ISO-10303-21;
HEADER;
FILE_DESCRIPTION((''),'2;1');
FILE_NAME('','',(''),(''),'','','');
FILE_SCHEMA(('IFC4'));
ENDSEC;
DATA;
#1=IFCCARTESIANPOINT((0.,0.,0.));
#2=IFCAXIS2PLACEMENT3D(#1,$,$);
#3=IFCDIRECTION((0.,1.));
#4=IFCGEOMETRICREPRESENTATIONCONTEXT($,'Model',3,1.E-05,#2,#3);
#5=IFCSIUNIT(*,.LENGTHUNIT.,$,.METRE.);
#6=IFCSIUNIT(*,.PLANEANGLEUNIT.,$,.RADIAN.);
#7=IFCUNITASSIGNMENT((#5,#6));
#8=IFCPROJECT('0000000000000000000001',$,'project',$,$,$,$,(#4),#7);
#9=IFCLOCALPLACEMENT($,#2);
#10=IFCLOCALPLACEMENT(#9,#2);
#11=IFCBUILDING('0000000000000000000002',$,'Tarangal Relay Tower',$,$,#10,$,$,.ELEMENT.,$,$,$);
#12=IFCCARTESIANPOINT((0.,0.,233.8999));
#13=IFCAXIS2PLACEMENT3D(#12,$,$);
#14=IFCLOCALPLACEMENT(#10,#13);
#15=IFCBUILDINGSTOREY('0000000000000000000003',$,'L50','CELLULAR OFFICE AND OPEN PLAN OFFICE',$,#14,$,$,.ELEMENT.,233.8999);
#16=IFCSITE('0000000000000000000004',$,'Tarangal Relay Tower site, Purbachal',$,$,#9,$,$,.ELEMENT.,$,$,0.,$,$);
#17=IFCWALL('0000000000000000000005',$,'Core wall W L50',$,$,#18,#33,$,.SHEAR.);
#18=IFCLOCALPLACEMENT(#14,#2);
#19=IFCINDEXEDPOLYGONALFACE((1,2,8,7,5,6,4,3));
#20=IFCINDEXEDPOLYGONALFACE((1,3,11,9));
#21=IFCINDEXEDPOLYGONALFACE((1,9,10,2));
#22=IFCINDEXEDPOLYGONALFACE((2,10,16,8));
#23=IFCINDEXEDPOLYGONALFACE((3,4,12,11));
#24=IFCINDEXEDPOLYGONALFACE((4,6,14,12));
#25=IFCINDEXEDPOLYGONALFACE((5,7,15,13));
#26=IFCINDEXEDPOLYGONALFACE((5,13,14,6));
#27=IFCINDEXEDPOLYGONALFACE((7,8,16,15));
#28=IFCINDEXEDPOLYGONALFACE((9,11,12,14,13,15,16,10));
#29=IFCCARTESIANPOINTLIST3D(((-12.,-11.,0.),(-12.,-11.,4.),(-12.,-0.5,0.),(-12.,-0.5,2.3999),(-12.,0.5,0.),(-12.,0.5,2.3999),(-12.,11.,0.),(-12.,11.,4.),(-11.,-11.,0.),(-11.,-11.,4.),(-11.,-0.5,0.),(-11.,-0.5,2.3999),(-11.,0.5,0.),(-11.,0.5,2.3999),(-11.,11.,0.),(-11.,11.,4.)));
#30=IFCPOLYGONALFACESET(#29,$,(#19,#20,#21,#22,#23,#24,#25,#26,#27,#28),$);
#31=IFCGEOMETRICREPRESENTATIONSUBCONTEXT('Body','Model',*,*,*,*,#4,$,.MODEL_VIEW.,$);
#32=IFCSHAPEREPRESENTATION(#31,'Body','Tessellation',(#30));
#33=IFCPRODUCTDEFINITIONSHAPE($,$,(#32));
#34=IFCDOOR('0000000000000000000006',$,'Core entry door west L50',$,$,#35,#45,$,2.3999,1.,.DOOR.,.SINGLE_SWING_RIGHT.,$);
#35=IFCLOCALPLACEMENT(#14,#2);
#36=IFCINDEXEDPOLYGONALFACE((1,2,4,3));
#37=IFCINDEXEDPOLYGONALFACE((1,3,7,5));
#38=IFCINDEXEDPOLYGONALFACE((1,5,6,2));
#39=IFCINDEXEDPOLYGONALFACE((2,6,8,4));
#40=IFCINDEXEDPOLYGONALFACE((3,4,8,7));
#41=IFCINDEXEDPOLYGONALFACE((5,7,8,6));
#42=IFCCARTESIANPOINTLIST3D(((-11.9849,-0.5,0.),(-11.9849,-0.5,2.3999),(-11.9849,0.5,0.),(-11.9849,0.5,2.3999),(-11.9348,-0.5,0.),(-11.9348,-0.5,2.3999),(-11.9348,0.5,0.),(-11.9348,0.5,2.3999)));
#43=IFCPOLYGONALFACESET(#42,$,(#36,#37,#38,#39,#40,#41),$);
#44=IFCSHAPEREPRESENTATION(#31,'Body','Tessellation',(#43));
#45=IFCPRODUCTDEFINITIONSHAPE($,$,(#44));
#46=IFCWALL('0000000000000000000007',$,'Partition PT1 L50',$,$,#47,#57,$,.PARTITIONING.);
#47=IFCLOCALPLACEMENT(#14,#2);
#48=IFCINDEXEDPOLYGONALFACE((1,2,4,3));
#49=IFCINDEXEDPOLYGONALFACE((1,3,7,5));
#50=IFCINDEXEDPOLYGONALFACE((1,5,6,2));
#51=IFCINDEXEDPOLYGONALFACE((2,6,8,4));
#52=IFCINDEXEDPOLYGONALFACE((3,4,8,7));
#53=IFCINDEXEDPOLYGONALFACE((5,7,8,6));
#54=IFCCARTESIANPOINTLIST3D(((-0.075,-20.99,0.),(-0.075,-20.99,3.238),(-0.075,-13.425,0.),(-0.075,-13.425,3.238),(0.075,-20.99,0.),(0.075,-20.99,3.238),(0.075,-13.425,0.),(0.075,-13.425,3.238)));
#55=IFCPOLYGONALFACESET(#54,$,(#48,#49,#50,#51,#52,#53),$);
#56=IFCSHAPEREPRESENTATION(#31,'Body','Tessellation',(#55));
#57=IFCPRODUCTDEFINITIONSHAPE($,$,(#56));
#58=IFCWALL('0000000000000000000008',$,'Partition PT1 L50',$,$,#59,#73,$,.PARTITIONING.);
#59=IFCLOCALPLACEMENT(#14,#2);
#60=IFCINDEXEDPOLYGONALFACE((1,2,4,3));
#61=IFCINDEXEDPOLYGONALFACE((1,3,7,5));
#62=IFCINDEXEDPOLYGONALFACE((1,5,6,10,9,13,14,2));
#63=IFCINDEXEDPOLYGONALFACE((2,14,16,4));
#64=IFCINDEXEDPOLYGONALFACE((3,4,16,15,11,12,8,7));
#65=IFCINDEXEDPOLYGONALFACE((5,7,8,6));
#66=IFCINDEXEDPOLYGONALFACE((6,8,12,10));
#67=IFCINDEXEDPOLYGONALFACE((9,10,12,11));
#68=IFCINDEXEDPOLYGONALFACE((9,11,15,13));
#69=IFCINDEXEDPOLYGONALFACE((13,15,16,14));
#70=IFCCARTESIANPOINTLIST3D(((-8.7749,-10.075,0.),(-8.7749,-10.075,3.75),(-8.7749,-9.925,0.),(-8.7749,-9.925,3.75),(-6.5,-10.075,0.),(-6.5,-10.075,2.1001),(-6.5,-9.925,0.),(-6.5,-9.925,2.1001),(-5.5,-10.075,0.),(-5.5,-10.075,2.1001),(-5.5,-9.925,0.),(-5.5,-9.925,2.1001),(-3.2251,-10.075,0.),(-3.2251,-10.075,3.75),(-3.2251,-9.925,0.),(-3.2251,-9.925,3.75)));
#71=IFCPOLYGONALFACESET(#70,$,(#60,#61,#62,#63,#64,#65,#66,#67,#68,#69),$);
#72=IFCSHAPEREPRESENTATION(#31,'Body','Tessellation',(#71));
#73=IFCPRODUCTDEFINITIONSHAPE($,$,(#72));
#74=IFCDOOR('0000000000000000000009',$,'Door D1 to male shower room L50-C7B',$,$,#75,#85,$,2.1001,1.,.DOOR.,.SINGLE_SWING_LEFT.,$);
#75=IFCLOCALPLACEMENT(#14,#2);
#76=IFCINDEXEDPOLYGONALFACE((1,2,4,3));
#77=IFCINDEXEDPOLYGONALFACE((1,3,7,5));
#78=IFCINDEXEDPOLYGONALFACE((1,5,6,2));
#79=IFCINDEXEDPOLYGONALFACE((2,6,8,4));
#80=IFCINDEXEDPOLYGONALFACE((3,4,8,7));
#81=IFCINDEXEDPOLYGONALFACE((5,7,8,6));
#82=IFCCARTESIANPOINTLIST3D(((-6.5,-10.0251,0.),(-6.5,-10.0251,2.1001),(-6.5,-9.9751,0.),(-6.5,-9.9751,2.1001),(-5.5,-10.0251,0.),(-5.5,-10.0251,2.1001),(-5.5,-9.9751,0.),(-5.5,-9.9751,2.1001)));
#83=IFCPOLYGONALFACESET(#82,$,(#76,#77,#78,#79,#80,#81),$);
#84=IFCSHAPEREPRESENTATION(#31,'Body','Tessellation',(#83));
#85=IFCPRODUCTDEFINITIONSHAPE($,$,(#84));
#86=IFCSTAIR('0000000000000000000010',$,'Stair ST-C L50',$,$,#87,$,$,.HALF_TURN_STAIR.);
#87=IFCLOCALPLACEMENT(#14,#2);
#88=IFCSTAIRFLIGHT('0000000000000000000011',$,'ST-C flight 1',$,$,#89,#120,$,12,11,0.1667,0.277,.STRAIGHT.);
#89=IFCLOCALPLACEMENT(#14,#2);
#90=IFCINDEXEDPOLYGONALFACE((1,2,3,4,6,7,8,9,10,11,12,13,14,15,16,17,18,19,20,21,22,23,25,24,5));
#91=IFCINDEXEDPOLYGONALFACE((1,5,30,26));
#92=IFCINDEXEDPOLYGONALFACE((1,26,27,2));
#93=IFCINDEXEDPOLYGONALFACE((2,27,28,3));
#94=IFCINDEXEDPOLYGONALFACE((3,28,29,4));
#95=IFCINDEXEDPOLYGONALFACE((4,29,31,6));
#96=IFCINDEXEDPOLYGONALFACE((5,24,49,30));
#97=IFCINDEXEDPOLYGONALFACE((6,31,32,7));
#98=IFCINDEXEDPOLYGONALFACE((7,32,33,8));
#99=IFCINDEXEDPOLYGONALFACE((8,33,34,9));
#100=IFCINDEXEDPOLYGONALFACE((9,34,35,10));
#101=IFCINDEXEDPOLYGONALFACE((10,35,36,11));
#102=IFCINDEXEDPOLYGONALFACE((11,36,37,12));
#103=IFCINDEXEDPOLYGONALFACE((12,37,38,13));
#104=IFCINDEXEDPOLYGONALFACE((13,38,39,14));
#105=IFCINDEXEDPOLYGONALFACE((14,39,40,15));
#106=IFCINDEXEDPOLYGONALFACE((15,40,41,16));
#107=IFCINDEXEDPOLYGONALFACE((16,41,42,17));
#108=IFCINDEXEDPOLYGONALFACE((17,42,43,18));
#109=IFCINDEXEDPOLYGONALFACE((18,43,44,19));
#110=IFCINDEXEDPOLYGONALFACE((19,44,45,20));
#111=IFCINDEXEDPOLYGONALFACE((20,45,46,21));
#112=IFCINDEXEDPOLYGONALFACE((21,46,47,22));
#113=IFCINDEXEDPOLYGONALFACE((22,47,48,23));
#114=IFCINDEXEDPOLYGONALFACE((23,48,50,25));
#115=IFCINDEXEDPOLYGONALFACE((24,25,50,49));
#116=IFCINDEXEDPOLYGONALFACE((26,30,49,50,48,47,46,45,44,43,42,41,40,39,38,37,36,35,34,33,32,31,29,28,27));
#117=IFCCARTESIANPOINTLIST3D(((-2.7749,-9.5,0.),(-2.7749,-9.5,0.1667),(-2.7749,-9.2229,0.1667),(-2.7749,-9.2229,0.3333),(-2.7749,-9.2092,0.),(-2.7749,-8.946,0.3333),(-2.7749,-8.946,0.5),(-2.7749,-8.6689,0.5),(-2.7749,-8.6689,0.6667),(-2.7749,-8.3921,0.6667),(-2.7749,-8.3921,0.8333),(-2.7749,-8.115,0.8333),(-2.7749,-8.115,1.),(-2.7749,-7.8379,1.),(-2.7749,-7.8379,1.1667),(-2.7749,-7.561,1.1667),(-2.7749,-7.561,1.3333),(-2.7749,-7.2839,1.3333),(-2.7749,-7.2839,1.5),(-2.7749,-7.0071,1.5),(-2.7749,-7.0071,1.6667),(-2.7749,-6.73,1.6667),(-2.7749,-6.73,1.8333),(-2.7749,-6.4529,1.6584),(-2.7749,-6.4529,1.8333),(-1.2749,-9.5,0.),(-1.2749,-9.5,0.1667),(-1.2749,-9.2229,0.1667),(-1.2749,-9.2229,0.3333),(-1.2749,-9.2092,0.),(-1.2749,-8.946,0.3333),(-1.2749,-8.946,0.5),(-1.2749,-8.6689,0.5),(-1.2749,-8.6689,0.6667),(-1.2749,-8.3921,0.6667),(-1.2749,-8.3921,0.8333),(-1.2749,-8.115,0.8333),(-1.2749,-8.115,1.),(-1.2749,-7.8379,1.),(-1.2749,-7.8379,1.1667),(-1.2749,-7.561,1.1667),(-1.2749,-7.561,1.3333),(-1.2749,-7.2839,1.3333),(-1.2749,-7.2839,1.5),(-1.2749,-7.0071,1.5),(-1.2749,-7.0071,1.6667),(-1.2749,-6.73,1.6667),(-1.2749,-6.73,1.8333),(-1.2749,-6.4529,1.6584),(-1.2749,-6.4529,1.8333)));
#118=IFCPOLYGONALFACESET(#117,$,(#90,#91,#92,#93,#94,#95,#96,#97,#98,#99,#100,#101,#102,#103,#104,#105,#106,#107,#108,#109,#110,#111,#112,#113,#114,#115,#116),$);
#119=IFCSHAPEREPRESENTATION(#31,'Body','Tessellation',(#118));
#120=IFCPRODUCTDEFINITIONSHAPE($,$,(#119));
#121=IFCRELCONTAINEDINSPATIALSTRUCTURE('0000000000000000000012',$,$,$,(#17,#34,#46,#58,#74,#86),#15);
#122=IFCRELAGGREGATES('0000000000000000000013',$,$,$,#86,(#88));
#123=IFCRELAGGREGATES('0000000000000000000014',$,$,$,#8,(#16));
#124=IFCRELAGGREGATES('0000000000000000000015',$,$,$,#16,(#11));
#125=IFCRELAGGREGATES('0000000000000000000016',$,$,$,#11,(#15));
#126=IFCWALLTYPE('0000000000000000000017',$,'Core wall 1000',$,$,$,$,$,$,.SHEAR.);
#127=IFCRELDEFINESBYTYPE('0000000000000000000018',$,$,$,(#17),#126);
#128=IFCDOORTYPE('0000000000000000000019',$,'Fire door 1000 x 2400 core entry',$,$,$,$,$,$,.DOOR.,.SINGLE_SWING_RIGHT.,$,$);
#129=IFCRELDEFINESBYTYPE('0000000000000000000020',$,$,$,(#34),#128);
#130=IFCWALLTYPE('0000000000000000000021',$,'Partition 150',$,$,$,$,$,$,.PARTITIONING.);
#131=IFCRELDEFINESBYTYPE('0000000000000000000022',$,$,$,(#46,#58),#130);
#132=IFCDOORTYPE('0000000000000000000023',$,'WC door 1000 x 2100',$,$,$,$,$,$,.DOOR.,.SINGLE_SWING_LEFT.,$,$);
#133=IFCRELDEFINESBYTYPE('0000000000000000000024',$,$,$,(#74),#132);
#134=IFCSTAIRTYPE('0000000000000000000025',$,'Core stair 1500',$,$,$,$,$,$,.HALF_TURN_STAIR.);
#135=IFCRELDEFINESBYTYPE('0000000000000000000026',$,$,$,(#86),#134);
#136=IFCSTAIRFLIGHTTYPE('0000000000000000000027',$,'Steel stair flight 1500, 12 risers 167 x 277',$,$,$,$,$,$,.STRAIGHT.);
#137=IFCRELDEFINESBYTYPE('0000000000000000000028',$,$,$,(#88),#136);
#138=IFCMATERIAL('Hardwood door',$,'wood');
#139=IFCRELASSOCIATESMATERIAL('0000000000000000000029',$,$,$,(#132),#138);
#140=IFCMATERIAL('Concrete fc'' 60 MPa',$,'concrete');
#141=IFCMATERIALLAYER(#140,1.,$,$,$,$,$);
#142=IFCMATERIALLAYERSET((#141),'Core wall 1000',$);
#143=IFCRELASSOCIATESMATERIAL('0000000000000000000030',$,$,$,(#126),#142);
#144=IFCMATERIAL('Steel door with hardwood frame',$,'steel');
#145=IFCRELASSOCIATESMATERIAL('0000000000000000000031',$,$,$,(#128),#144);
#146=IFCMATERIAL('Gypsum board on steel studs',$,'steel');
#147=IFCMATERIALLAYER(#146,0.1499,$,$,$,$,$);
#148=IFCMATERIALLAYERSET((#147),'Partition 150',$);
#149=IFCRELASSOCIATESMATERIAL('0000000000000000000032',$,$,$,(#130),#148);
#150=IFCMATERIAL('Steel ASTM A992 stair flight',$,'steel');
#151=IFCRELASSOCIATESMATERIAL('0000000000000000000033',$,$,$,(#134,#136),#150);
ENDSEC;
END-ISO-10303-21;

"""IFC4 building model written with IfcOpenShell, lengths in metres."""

from ifc_helpers import new_model, si_unit, direction, frame, frame_2d, origin, place, context, subcontext, project, spatial, polyline, rectangle, outline, extrude, material, layer, layer_set, type_object, element, fill, aggregate, save


model = new_model("IFC4")

# Units and contexts
model_context = context("Model", 3, precision=1e-05, world=origin(), true_north=direction((0.0, 1.0)))
body_context = subcontext(model_context, "Body", "Model", "MODEL_VIEW")
ifc_project = project(units=[si_unit("LENGTHUNIT", "METRE"), si_unit("PLANEANGLEUNIT", "RADIAN")], contexts=[model_context])

# Site, building, storey
site_placement = place(None, origin())
site = spatial("IfcSite", under=ifc_project, at=site_placement, Name="Tarangal Relay Tower site, Purbachal", CompositionType="ELEMENT", RefElevation=0.0)
building_placement = place(site_placement, origin())
building = spatial("IfcBuilding", under=site, at=building_placement, Name="Tarangal Relay Tower", CompositionType="ELEMENT")
storey_placement = place(building_placement, frame((0.0, 0.0, 233.8999)))
storey = spatial("IfcBuildingStorey", under=building, at=storey_placement, Name="L50", Description="CELLULAR OFFICE AND OPEN PLAN OFFICE", CompositionType="ELEMENT", Elevation=233.8999)

# Shared definitions
ifc_material_1 = material(Name="Concrete fc' 60 MPa", Category="concrete")
ifc_material_2 = material(Name="Hardwood door", Category="wood")
door_type_1 = type_object("IfcDoorType", Name="WC door 1000 x 2100", OperationType="SINGLE_SWING_LEFT", PredefinedType="DOOR", material=ifc_material_2)

# Wall, opening, door
ifc_layer_1 = layer(ifc_material_1, 1.0)
ifc_layer_set_1 = layer_set([ifc_layer_1], Name="Core wall 1000")
wall_type_1 = type_object("IfcWallType", Name="Core wall 1000", PredefinedType="SHEAR", material=ifc_layer_set_1)
wall_1_placement = place(storey_placement, frame((-11.5, -11.0, 0.0), z_axis=(0.0, 0.0, 1.0), x_axis=(0.0, 1.0, 0.0)))
wall_1 = element("IfcWall", 1, at=wall_1_placement, inside=storey, type_object=wall_type_1, Name="Core wall W L50", PredefinedType="SHEAR", context=body_context, shape_type="SweptSolid", body=[
    extrude(rectangle(XDim=22.0, YDim=1.0, at=frame_2d((11.0, 0.0))), origin(), (0.0, 0.0, 1.0), 4.0),
])
opening_1_placement = place(wall_1_placement, frame((10.5, 0.0, 0.0)))
opening_1 = element("IfcOpeningElement", 2, at=opening_1_placement, cuts=wall_1, PredefinedType="OPENING", context=body_context, shape_type="SweptSolid", body=[
    extrude(rectangle(XDim=1.0, YDim=2.3999, at=frame_2d((0.5, 1.2))), frame((0.0, 0.51, 0.0), z_axis=(0.0, -1.0, 0.0), x_axis=(1.0, 0.0, 0.0)), (0.0, 0.0, 1.0), 1.02),
])
ifc_material_3 = material(Name="Steel door with hardwood frame", Category="steel")
door_type_2 = type_object("IfcDoorType", Name="Fire door 1000 x 2400 core entry", OperationType="SINGLE_SWING_RIGHT", PredefinedType="DOOR", material=ifc_material_3)
door_1_placement = place(opening_1_placement, origin())
door_1 = element("IfcDoor", 3, at=door_1_placement, inside=storey, type_object=door_type_2, Name="Core entry door west L50", OperationType="SINGLE_SWING_RIGHT", OverallHeight=2.3999, OverallWidth=1.0, PredefinedType="DOOR", context=body_context, shape_type="SweptSolid", body=[
    extrude(rectangle(XDim=1.0, YDim=2.3999, at=frame_2d((0.5, 1.2))), frame((0.0, 0.4849, 0.0), z_axis=(0.0, -1.0, 0.0), x_axis=(1.0, 0.0, 0.0)), (0.0, 0.0, 1.0), 0.05),
])
fill(opening_1, door_1)

# Wall
ifc_material_4 = material(Name="Gypsum board on steel studs", Category="steel")
ifc_layer_2 = layer(ifc_material_4, 0.1499)
ifc_layer_set_2 = layer_set([ifc_layer_2], Name="Partition 150")
wall_type_2 = type_object("IfcWallType", Name="Partition 150", PredefinedType="PARTITIONING", material=ifc_layer_set_2)
wall_2_placement = place(storey_placement, frame((0.0, -20.99, 0.0), z_axis=(0.0, 0.0, 1.0), x_axis=(0.0, 1.0, 0.0)))
element("IfcWall", 4, at=wall_2_placement, inside=storey, type_object=wall_type_2, Name="Partition PT1 L50", PredefinedType="PARTITIONING", context=body_context, shape_type="SweptSolid", body=[
    extrude(rectangle(XDim=7.5649, YDim=0.1499, at=frame_2d((3.7825, 0.0))), origin(), (0.0, 0.0, 1.0), 3.238),
])

# Wall, opening, door
wall_3_placement = place(storey_placement, frame((-8.7749, -10.0, 0.0), z_axis=(0.0, 0.0, 1.0), x_axis=(1.0, 0.0, 0.0)))
wall_3 = element("IfcWall", 5, at=wall_3_placement, inside=storey, type_object=wall_type_2, Name="Partition PT1 L50", PredefinedType="PARTITIONING", context=body_context, shape_type="SweptSolid", body=[
    extrude(rectangle(XDim=5.5498, YDim=0.1499, at=frame_2d((2.7749, 0.0))), origin(), (0.0, 0.0, 1.0), 3.75),
])
opening_2_placement = place(wall_3_placement, frame((2.2749, 0.0, 0.0)))
opening_2 = element("IfcOpeningElement", 6, at=opening_2_placement, cuts=wall_3, PredefinedType="OPENING", context=body_context, shape_type="SweptSolid", body=[
    extrude(rectangle(XDim=1.0, YDim=2.1001, at=frame_2d((0.5, 1.05))), frame((0.0, 0.085, 0.0), z_axis=(0.0, -1.0, 0.0), x_axis=(1.0, 0.0, 0.0)), (0.0, 0.0, 1.0), 0.1699),
])
door_2_placement = place(opening_2_placement, origin())
door_2 = element("IfcDoor", 7, at=door_2_placement, inside=storey, type_object=door_type_1, Name="Door D1 to male shower room L50-C7B", OperationType="SINGLE_SWING_LEFT", OverallHeight=2.1001, OverallWidth=1.0, PredefinedType="DOOR", context=body_context, shape_type="SweptSolid", body=[
    extrude(rectangle(XDim=1.0, YDim=2.1001, at=frame_2d((0.5, 1.05))), frame((0.0, 0.0249, 0.0), z_axis=(0.0, -1.0, 0.0), x_axis=(1.0, 0.0, 0.0)), (0.0, 0.0, 1.0), 0.05),
])
fill(opening_2, door_2)

# Stair, stair flight
ifc_material_5 = material(Name="Steel ASTM A992 stair flight", Category="steel")
stair_type = type_object("IfcStairType", Name="Core stair 1500", PredefinedType="HALF_TURN_STAIR", material=ifc_material_5)
stair_placement = place(storey_placement, origin())
stair = element("IfcStair", 8, at=stair_placement, inside=storey, type_object=stair_type, Name="Stair ST-C L50", PredefinedType="HALF_TURN_STAIR")
stair_flight_type = type_object("IfcStairFlightType", Name="Steel stair flight 1500, 12 risers 167 x 277", PredefinedType="STRAIGHT", material=ifc_material_5)
stair_flight_placement = place(storey_placement, frame((-2.0249, -9.5, 0.0), z_axis=(0.0, 0.0, 1.0), x_axis=(0.0, 1.0, 0.0)))
stair_flight = element("IfcStairFlight", 9, at=stair_flight_placement, type_object=stair_flight_type, Name="ST-C flight 1", NumberOfRisers=12, NumberOfTreads=11, PredefinedType="STRAIGHT", RiserHeight=0.1667, TreadLength=0.277, context=body_context, shape_type="SweptSolid", body=[
    extrude(outline(polyline([(0.0, 0.0), (0.0, 0.1667), (0.2771, 0.1667), (0.2771, 0.3333), (0.554, 0.3333), (0.554, 0.5), (0.8311, 0.5), (0.8311, 0.6667), (1.1079, 0.6667), (1.1079, 0.8333), (1.385, 0.8333), (1.385, 1.0), (1.6621, 1.0), (1.6621, 1.1667), (1.939, 1.1667), (1.939, 1.3333), (2.2161, 1.3333), (2.2161, 1.5), (2.4929, 1.5), (2.4929, 1.6667), (2.77, 1.6667), (2.77, 1.8333), (3.0471, 1.8333), (3.0471, 2.0), (3.0471, 1.6584), (0.2908, 0.0), (0.0, 0.0)])), frame((0.0, 0.75, 0.0), z_axis=(0.0, -1.0, 0.0), x_axis=(1.0, 0.0, 0.0)), (0.0, 0.0, 1.0), 1.5),
])
aggregate(stair, [stair_flight])

save(model, "model.ifc")
